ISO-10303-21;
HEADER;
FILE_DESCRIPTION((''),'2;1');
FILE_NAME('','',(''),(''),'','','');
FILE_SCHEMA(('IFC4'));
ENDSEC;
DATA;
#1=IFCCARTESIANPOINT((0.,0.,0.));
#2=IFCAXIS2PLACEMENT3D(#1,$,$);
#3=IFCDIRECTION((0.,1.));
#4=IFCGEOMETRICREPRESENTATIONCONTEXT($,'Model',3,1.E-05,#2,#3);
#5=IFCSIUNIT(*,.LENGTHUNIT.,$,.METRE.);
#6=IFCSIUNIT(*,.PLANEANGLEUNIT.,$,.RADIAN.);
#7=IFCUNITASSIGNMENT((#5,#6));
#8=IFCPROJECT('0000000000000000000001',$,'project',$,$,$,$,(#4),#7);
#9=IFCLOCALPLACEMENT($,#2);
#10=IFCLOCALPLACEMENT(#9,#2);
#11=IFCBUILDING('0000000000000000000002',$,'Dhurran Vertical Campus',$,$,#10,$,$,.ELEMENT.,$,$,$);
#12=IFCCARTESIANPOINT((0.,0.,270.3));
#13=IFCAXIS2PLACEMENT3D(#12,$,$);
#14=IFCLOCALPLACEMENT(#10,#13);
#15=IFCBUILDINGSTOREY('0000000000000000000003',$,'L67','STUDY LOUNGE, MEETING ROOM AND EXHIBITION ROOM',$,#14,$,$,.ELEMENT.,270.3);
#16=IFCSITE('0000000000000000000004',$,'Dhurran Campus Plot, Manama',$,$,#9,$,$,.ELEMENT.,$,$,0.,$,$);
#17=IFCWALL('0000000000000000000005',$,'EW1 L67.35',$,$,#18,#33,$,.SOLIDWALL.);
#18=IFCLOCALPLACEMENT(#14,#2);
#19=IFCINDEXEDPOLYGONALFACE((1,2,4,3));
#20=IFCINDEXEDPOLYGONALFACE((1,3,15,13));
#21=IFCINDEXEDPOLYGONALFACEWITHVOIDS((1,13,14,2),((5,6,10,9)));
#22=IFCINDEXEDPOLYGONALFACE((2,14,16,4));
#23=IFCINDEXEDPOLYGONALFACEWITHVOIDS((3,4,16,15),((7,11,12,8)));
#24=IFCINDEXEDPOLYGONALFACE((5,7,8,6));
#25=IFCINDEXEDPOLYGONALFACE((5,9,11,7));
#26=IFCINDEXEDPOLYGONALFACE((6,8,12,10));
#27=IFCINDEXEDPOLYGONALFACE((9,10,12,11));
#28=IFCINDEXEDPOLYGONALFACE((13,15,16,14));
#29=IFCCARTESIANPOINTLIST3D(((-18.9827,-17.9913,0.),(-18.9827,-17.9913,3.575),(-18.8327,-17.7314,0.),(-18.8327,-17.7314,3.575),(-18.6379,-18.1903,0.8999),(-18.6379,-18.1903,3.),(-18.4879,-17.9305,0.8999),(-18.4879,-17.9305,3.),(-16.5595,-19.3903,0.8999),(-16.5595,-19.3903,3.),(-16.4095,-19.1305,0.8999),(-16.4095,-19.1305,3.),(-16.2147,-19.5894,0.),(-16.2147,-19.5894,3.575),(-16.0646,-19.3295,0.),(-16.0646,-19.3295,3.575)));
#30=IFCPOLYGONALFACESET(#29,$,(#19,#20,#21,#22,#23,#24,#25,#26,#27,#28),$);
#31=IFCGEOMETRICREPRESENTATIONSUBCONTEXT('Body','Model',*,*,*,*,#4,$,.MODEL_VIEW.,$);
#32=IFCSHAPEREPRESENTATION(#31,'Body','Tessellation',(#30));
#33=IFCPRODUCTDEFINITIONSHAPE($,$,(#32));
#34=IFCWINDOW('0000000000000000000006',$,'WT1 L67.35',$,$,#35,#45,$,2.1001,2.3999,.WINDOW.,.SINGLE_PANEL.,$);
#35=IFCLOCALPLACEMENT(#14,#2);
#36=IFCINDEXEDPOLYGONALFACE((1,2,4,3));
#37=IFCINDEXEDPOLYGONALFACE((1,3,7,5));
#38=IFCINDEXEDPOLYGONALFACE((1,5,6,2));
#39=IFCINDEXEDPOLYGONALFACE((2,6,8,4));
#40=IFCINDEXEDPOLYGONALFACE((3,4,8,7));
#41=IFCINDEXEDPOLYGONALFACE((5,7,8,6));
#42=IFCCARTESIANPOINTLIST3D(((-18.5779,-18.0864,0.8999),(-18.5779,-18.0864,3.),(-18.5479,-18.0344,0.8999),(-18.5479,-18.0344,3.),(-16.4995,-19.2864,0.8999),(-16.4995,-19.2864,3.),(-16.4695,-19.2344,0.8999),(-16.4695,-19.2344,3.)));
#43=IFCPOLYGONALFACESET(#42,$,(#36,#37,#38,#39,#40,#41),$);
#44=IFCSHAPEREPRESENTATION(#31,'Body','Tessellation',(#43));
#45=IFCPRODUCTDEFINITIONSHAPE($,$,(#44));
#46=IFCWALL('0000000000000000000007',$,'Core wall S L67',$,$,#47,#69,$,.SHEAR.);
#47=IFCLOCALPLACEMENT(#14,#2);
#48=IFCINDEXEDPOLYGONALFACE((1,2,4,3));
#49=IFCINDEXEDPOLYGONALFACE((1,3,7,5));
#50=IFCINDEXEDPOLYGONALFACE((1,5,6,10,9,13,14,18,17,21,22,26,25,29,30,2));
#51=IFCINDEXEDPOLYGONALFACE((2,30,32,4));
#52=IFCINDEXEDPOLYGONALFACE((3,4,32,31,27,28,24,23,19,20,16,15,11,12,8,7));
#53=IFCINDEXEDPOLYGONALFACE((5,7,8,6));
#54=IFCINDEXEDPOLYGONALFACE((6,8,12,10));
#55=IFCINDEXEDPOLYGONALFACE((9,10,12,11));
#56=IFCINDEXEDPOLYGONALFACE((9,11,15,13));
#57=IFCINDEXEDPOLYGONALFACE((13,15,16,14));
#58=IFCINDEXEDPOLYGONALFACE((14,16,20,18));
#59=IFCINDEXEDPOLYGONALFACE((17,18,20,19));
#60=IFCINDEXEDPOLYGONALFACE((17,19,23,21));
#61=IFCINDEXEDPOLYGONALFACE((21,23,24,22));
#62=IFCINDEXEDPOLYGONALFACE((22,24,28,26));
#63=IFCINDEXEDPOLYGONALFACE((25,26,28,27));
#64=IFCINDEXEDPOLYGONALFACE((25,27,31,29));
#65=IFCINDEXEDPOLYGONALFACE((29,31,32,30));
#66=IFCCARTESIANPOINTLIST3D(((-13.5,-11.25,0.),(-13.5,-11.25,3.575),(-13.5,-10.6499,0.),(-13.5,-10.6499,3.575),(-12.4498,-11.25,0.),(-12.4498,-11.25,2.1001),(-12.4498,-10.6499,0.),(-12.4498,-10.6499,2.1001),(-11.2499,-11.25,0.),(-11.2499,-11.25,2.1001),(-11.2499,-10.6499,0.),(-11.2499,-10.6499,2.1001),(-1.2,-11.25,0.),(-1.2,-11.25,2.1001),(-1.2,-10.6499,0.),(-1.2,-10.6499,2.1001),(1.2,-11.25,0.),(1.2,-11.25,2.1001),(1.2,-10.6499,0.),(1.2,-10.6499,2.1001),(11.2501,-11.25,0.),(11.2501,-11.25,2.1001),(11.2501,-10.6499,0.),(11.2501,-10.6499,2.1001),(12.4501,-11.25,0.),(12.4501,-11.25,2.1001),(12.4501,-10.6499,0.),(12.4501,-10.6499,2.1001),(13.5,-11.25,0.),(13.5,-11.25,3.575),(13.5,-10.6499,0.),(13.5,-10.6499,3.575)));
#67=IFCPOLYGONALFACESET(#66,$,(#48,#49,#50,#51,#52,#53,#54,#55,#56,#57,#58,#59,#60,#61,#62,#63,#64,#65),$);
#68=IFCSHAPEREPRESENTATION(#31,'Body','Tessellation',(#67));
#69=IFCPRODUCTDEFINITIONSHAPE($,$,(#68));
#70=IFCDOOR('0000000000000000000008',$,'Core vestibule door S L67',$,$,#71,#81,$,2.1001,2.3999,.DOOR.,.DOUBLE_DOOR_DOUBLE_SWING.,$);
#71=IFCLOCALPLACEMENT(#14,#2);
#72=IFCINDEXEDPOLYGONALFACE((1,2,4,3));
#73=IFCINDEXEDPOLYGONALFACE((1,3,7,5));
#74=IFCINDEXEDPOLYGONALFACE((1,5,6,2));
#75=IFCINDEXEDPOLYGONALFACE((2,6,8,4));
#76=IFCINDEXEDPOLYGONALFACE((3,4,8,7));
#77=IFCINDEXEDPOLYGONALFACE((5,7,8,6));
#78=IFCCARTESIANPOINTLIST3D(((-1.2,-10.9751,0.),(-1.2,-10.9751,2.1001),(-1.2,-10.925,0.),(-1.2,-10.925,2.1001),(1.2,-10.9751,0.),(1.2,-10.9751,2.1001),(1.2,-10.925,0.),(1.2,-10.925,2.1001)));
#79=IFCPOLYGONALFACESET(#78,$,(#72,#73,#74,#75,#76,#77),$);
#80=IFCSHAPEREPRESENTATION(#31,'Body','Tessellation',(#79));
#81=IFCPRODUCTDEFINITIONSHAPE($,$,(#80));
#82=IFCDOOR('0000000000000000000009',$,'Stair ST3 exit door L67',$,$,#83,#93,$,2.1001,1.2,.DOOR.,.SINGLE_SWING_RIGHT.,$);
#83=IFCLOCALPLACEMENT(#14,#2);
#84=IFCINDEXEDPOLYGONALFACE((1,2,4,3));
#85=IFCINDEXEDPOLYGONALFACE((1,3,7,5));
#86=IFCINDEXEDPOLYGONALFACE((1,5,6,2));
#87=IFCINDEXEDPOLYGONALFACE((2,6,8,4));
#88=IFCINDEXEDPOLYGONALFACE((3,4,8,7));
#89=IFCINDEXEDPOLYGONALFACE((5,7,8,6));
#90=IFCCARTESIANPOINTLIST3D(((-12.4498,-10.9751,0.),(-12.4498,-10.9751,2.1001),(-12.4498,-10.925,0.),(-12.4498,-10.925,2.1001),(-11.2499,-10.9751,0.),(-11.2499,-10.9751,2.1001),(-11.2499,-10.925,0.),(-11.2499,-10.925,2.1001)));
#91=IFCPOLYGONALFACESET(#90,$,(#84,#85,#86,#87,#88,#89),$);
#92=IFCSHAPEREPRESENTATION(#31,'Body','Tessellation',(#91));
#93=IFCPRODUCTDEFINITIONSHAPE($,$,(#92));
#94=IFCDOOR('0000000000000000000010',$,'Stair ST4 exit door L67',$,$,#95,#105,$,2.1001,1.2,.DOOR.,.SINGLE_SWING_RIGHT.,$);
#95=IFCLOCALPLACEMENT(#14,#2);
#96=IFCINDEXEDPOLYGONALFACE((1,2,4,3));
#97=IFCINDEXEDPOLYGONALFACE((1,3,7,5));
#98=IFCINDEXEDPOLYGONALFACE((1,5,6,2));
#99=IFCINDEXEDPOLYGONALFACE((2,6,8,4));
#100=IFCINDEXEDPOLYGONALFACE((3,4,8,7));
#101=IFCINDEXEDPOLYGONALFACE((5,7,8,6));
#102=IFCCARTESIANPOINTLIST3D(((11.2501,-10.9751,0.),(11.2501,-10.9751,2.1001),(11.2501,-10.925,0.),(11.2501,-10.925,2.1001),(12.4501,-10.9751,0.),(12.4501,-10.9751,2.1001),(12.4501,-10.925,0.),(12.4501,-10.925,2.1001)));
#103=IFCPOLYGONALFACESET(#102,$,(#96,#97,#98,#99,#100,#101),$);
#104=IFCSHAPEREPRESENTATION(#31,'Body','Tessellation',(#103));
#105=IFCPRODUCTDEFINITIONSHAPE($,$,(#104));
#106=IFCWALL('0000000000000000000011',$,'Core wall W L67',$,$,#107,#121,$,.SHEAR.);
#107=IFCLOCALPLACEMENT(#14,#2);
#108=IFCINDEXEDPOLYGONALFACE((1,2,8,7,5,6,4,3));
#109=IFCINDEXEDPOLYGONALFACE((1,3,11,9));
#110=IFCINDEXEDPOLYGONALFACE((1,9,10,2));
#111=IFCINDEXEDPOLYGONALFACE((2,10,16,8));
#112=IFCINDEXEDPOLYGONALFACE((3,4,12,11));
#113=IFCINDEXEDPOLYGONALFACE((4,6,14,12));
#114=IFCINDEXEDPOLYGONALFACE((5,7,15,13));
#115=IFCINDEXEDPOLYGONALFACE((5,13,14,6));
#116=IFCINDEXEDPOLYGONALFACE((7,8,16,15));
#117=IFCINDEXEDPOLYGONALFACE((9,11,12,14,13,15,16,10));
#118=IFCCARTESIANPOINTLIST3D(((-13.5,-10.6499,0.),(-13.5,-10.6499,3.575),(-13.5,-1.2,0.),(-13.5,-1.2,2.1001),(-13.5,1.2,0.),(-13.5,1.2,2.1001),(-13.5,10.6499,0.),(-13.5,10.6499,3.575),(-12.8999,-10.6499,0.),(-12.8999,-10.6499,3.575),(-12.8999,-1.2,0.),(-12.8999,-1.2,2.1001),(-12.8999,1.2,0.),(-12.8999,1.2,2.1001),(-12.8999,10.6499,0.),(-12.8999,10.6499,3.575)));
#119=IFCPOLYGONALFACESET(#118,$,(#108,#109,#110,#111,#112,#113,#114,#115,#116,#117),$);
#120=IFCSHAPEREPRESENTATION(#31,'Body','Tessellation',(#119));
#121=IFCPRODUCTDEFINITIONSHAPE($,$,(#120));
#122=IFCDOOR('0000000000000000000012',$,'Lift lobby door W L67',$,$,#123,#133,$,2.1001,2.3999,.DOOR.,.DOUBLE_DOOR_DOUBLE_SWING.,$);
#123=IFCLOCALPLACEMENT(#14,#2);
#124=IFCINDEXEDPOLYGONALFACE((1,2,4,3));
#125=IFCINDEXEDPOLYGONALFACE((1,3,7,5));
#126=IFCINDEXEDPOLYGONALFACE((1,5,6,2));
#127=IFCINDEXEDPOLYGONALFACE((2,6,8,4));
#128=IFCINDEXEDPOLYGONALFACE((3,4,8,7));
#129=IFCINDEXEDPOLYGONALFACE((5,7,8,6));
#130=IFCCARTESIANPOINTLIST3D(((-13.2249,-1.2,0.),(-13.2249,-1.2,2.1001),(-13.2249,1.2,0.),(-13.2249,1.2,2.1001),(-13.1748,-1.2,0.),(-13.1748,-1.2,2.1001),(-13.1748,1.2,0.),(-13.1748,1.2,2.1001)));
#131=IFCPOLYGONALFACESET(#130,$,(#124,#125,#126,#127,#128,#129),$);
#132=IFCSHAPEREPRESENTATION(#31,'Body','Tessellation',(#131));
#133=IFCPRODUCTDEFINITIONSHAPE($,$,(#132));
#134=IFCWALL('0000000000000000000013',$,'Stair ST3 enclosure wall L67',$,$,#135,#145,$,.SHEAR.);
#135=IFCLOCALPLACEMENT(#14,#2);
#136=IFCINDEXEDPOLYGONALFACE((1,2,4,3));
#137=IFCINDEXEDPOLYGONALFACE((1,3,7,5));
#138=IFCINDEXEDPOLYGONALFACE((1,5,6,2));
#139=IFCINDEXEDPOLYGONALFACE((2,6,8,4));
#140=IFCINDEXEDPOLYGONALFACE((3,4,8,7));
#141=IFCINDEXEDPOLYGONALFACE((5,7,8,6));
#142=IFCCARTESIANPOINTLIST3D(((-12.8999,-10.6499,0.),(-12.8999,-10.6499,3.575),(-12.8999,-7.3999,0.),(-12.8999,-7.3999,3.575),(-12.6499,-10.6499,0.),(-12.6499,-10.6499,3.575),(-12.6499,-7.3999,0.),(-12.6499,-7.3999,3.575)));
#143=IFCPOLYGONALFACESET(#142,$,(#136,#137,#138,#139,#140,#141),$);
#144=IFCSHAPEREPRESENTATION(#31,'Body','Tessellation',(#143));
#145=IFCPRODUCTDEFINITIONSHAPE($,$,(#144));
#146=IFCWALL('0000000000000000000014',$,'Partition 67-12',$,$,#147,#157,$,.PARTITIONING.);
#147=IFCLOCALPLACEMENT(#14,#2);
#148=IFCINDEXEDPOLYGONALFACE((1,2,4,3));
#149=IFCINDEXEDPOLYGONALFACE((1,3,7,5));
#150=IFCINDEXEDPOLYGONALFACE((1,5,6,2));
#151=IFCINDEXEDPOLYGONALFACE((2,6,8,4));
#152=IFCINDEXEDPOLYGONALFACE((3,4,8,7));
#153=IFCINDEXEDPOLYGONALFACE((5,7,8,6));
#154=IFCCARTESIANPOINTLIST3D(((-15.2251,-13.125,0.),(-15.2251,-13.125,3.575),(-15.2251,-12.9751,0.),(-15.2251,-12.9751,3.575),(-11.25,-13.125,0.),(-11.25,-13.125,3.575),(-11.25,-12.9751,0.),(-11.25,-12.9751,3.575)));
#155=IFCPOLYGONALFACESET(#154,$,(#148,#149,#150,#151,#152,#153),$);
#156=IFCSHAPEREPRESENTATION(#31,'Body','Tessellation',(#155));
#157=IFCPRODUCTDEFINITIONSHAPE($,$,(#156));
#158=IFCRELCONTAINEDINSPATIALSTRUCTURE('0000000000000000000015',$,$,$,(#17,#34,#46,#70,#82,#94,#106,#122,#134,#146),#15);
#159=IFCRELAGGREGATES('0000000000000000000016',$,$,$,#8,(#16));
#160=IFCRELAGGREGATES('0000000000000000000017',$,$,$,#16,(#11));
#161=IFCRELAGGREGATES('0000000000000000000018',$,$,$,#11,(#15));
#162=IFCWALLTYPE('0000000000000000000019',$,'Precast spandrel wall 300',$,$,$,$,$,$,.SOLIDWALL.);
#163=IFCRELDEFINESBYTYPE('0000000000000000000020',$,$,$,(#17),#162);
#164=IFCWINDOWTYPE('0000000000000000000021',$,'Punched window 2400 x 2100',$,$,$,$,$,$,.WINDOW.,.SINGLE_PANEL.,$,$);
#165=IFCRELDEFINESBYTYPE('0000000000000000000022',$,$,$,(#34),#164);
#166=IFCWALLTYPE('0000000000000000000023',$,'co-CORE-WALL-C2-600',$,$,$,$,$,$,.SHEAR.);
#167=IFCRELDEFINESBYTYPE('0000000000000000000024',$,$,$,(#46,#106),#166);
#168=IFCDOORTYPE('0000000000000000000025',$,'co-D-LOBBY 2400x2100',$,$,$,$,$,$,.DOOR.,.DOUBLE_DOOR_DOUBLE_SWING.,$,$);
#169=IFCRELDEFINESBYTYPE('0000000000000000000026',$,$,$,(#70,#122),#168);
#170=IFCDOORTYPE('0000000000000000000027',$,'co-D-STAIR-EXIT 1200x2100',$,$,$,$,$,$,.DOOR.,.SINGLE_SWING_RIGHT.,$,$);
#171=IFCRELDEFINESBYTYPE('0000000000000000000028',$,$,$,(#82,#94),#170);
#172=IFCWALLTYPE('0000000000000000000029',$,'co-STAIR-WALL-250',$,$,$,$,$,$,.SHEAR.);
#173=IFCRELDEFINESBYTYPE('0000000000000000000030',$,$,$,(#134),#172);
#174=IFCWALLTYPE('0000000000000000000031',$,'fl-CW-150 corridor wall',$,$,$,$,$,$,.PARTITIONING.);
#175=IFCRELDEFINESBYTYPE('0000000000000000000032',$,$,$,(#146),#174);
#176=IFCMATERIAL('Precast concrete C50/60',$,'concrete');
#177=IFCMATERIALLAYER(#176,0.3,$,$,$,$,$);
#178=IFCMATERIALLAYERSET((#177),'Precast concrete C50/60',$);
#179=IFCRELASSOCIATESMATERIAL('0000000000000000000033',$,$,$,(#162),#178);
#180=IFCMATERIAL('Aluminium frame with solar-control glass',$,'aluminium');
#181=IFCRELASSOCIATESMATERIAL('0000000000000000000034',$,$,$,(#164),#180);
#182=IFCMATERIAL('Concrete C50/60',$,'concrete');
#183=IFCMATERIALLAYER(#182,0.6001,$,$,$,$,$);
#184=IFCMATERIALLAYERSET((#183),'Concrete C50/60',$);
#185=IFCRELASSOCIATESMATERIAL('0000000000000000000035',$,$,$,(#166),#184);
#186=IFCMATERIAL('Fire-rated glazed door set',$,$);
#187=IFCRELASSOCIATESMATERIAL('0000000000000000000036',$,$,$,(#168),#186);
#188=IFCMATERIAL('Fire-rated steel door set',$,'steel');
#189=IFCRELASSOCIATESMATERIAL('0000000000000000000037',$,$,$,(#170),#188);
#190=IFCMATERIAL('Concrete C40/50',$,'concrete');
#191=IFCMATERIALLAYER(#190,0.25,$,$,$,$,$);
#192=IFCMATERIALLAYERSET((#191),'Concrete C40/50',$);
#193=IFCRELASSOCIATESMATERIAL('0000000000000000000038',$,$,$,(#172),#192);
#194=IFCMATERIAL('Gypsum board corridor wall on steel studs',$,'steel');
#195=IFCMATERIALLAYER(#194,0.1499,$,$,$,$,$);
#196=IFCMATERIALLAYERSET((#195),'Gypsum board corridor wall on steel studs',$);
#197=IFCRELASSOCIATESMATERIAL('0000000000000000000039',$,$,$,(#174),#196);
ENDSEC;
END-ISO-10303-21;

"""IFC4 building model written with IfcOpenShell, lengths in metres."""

from ifc_helpers import new_model, si_unit, direction, frame, frame_2d, origin, place, context, subcontext, project, spatial, rectangle, extrude, material, layer, layer_set, type_object, element, fill, save


model = new_model("IFC4")

# Units and contexts
model_context = context("Model", 3, precision=1e-05, world=origin(), true_north=direction((0.0, 1.0)))
body_context = subcontext(model_context, "Body", "Model", "MODEL_VIEW")
ifc_project = project(units=[si_unit("LENGTHUNIT", "METRE"), si_unit("PLANEANGLEUNIT", "RADIAN")], contexts=[model_context])

# Site, building, storey
site_placement = place(None, origin())
site = spatial("IfcSite", under=ifc_project, at=site_placement, Name="Dhurran Campus Plot, Manama", CompositionType="ELEMENT", RefElevation=0.0)
building_placement = place(site_placement, origin())
building = spatial("IfcBuilding", under=site, at=building_placement, Name="Dhurran Vertical Campus", CompositionType="ELEMENT")
storey_placement = place(building_placement, frame((0.0, 0.0, 270.3)))
storey = spatial("IfcBuildingStorey", under=building, at=storey_placement, Name="L67", Description="STUDY LOUNGE, MEETING ROOM AND EXHIBITION ROOM", CompositionType="ELEMENT", Elevation=270.3)

# Wall, opening, window
ifc_material_1 = material(Name="Precast concrete C50/60", Category="concrete")
ifc_layer_1 = layer(ifc_material_1, 0.3)
ifc_layer_set_1 = layer_set([ifc_layer_1], Name="Precast concrete C50/60")
wall_type_1 = type_object("IfcWallType", Name="Precast spandrel wall 300", PredefinedType="SOLIDWALL", material=ifc_layer_set_1)
ifc_material_2 = material(Name="Aluminium frame with solar-control glass", Category="aluminium")
window_type = type_object("IfcWindowType", Name="Punched window 2400 x 2100", PartitioningType="SINGLE_PANEL", PredefinedType="WINDOW", material=ifc_material_2)
wall_1_placement = place(storey_placement, frame((-18.9077, -17.8613, 0.0), z_axis=(0.0, 0.0, 1.0), x_axis=(0.866025, -0.5, 0.0)))
wall_1 = element("IfcWall", 1, at=wall_1_placement, inside=storey, type_object=wall_type_1, Name="EW1 L67.35", PredefinedType="SOLIDWALL", context=body_context, shape_type="SweptSolid", body=[
    extrude(rectangle(XDim=3.1963, YDim=0.3, at=frame_2d((1.5981, 0.0))), origin(), (0.0, 0.0, 1.0), 3.575),
])
opening_1_placement = place(wall_1_placement, frame((0.3982, 0.0, 0.8999)))
opening_1 = element("IfcOpeningElement", 2, at=opening_1_placement, cuts=wall_1, PredefinedType="OPENING", context=body_context, shape_type="SweptSolid", body=[
    extrude(rectangle(XDim=2.3999, YDim=2.1001, at=frame_2d((1.2, 1.05))), frame((0.0, 0.1599, 0.0), z_axis=(0.0, -1.0, 0.0), x_axis=(1.0, 0.0, 0.0)), (0.0, 0.0, 1.0), 0.3201),
])
window_1_placement = place(opening_1_placement, origin())
window_1 = element("IfcWindow", 3, at=window_1_placement, inside=storey, type_object=window_type, Name="WT1 L67.35", OverallHeight=2.1001, OverallWidth=2.3999, PartitioningType="SINGLE_PANEL", PredefinedType="WINDOW", context=body_context, shape_type="SweptSolid", body=[
    extrude(rectangle(XDim=2.3999, YDim=2.1001, at=frame_2d((1.2, 1.05))), frame((0.0, 0.03, 0.0), z_axis=(0.0, -1.0, 0.0), x_axis=(1.0, 0.0, 0.0)), (0.0, 0.0, 1.0), 0.0601),
])
fill(opening_1, window_1)

# Wall, openings, doors
ifc_material_3 = material(Name="Concrete C50/60", Category="concrete")
ifc_layer_2 = layer(ifc_material_3, 0.6001)
ifc_layer_set_2 = layer_set([ifc_layer_2], Name="Concrete C50/60")
wall_type_2 = type_object("IfcWallType", Name="co-CORE-WALL-C2-600", PredefinedType="SHEAR", material=ifc_layer_set_2)
wall_2_placement = place(storey_placement, frame((-13.5, -10.95, 0.0), z_axis=(0.0, 0.0, 1.0), x_axis=(1.0, 0.0, 0.0)))
wall_2 = element("IfcWall", 4, at=wall_2_placement, inside=storey, type_object=wall_type_2, Name="Core wall S L67", PredefinedType="SHEAR", context=body_context, shape_type="SweptSolid", body=[
    extrude(rectangle(XDim=27.0, YDim=0.6001, at=frame_2d((13.5, 0.0))), origin(), (0.0, 0.0, 1.0), 3.575),
])
opening_2_placement = place(wall_2_placement, frame((12.3, 0.0, 0.0)))
opening_2 = element("IfcOpeningElement", 5, at=opening_2_placement, cuts=wall_2, PredefinedType="OPENING", context=body_context, shape_type="SweptSolid", body=[
    extrude(rectangle(XDim=2.3999, YDim=2.1001, at=frame_2d((1.2, 1.05))), frame((0.0, 0.3101, 0.0), z_axis=(0.0, -1.0, 0.0), x_axis=(1.0, 0.0, 0.0)), (0.0, 0.0, 1.0), 0.6201),
])
opening_3_placement = place(wall_2_placement, frame((1.05, 0.0, 0.0)))
opening_3 = element("IfcOpeningElement", 6, at=opening_3_placement, cuts=wall_2, PredefinedType="OPENING", context=body_context, shape_type="SweptSolid", body=[
    extrude(rectangle(XDim=1.2, YDim=2.1001, at=frame_2d((0.6001, 1.05))), frame((0.0, 0.3101, 0.0), z_axis=(0.0, -1.0, 0.0), x_axis=(1.0, 0.0, 0.0)), (0.0, 0.0, 1.0), 0.6201),
])
opening_4_placement = place(wall_2_placement, frame((24.75, 0.0, 0.0)))
opening_4 = element("IfcOpeningElement", 7, at=opening_4_placement, cuts=wall_2, PredefinedType="OPENING", context=body_context, shape_type="SweptSolid", body=[
    extrude(rectangle(XDim=1.2, YDim=2.1001, at=frame_2d((0.6001, 1.05))), frame((0.0, 0.3101, 0.0), z_axis=(0.0, -1.0, 0.0), x_axis=(1.0, 0.0, 0.0)), (0.0, 0.0, 1.0), 0.6201),
])
ifc_material_4 = material(Name="Fire-rated glazed door set")
door_type_1 = type_object("IfcDoorType", Name="co-D-LOBBY 2400x2100", OperationType="DOUBLE_DOOR_DOUBLE_SWING", PredefinedType="DOOR", material=ifc_material_4)
door_1_placement = place(opening_2_placement, origin())
door_1 = element("IfcDoor", 8, at=door_1_placement, inside=storey, type_object=door_type_1, Name="Core vestibule door S L67", OperationType="DOUBLE_DOOR_DOUBLE_SWING", OverallHeight=2.1001, OverallWidth=2.3999, PredefinedType="DOOR", context=body_context, shape_type="SweptSolid", body=[
    extrude(rectangle(XDim=2.3999, YDim=2.1001, at=frame_2d((1.2, 1.05))), frame((0.0, 0.0249, 0.0), z_axis=(0.0, -1.0, 0.0), x_axis=(1.0, 0.0, 0.0)), (0.0, 0.0, 1.0), 0.05),
])
fill(opening_2, door_1)
ifc_material_5 = material(Name="Fire-rated steel door set", Category="steel")
door_type_2 = type_object("IfcDoorType", Name="co-D-STAIR-EXIT 1200x2100", OperationType="SINGLE_SWING_RIGHT", PredefinedType="DOOR", material=ifc_material_5)
door_2_placement = place(opening_3_placement, origin())
door_2 = element("IfcDoor", 9, at=door_2_placement, inside=storey, type_object=door_type_2, Name="Stair ST3 exit door L67", OperationType="SINGLE_SWING_RIGHT", OverallHeight=2.1001, OverallWidth=1.2, PredefinedType="DOOR", context=body_context, shape_type="SweptSolid", body=[
    extrude(rectangle(XDim=1.2, YDim=2.1001, at=frame_2d((0.6001, 1.05))), frame((0.0, 0.0249, 0.0), z_axis=(0.0, -1.0, 0.0), x_axis=(1.0, 0.0, 0.0)), (0.0, 0.0, 1.0), 0.05),
])
fill(opening_3, door_2)
door_3_placement = place(opening_4_placement, origin())
door_3 = element("IfcDoor", 10, at=door_3_placement, inside=storey, type_object=door_type_2, Name="Stair ST4 exit door L67", OperationType="SINGLE_SWING_RIGHT", OverallHeight=2.1001, OverallWidth=1.2, PredefinedType="DOOR", context=body_context, shape_type="SweptSolid", body=[
    extrude(rectangle(XDim=1.2, YDim=2.1001, at=frame_2d((0.6001, 1.05))), frame((0.0, 0.0249, 0.0), z_axis=(0.0, -1.0, 0.0), x_axis=(1.0, 0.0, 0.0)), (0.0, 0.0, 1.0), 0.05),
])
fill(opening_4, door_3)

# Wall, opening, door
wall_3_placement = place(storey_placement, frame((-13.2, -10.6499, 0.0), z_axis=(0.0, 0.0, 1.0), x_axis=(0.0, 1.0, 0.0)))
wall_3 = element("IfcWall", 11, at=wall_3_placement, inside=storey, type_object=wall_type_2, Name="Core wall W L67", PredefinedType="SHEAR", context=body_context, shape_type="SweptSolid", body=[
    extrude(rectangle(XDim=21.2998, YDim=0.6001, at=frame_2d((10.6499, 0.0))), origin(), (0.0, 0.0, 1.0), 3.575),
])
opening_5_placement = place(wall_3_placement, frame((9.45, 0.0, 0.0)))
opening_5 = element("IfcOpeningElement", 12, at=opening_5_placement, cuts=wall_3, PredefinedType="OPENING", context=body_context, shape_type="SweptSolid", body=[
    extrude(rectangle(XDim=2.3999, YDim=2.1001, at=frame_2d((1.2, 1.05))), frame((0.0, 0.3101, 0.0), z_axis=(0.0, -1.0, 0.0), x_axis=(1.0, 0.0, 0.0)), (0.0, 0.0, 1.0), 0.6201),
])
door_4_placement = place(opening_5_placement, origin())
door_4 = element("IfcDoor", 13, at=door_4_placement, inside=storey, type_object=door_type_1, Name="Lift lobby door W L67", OperationType="DOUBLE_DOOR_DOUBLE_SWING", OverallHeight=2.1001, OverallWidth=2.3999, PredefinedType="DOOR", context=body_context, shape_type="SweptSolid", body=[
    extrude(rectangle(XDim=2.3999, YDim=2.1001, at=frame_2d((1.2, 1.05))), frame((0.0, 0.0249, 0.0), z_axis=(0.0, -1.0, 0.0), x_axis=(1.0, 0.0, 0.0)), (0.0, 0.0, 1.0), 0.05),
])
fill(opening_5, door_4)

# Walls
ifc_material_6 = material(Name="Concrete C40/50", Category="concrete")
ifc_layer_3 = layer(ifc_material_6, 0.25)
ifc_layer_set_3 = layer_set([ifc_layer_3], Name="Concrete C40/50")
wall_type_3 = type_object("IfcWallType", Name="co-STAIR-WALL-250", PredefinedType="SHEAR", material=ifc_layer_set_3)
wall_4_placement = place(storey_placement, frame((-12.7749, -10.6499, 0.0), z_axis=(0.0, 0.0, 1.0), x_axis=(0.0, 1.0, 0.0)))
element("IfcWall", 14, at=wall_4_placement, inside=storey, type_object=wall_type_3, Name="Stair ST3 enclosure wall L67", PredefinedType="SHEAR", context=body_context, shape_type="SweptSolid", body=[
    extrude(rectangle(XDim=3.25, YDim=0.25, at=frame_2d((1.625, 0.0))), origin(), (0.0, 0.0, 1.0), 3.575),
])
ifc_material_7 = material(Name="Gypsum board corridor wall on steel studs", Category="steel")
ifc_layer_4 = layer(ifc_material_7, 0.1499)
ifc_layer_set_4 = layer_set([ifc_layer_4], Name="Gypsum board corridor wall on steel studs")
wall_type_4 = type_object("IfcWallType", Name="fl-CW-150 corridor wall", PredefinedType="PARTITIONING", material=ifc_layer_set_4)
wall_5_placement = place(storey_placement, frame((-15.2251, -13.05, 0.0), z_axis=(0.0, 0.0, 1.0), x_axis=(1.0, 0.0, 0.0)))
element("IfcWall", 15, at=wall_5_placement, inside=storey, type_object=wall_type_4, Name="Partition 67-12", PredefinedType="PARTITIONING", context=body_context, shape_type="SweptSolid", body=[
    extrude(rectangle(XDim=3.9751, YDim=0.1499, at=frame_2d((1.9875, 0.0))), origin(), (0.0, 0.0, 1.0), 3.575),
])

save(model, "model.ifc")
